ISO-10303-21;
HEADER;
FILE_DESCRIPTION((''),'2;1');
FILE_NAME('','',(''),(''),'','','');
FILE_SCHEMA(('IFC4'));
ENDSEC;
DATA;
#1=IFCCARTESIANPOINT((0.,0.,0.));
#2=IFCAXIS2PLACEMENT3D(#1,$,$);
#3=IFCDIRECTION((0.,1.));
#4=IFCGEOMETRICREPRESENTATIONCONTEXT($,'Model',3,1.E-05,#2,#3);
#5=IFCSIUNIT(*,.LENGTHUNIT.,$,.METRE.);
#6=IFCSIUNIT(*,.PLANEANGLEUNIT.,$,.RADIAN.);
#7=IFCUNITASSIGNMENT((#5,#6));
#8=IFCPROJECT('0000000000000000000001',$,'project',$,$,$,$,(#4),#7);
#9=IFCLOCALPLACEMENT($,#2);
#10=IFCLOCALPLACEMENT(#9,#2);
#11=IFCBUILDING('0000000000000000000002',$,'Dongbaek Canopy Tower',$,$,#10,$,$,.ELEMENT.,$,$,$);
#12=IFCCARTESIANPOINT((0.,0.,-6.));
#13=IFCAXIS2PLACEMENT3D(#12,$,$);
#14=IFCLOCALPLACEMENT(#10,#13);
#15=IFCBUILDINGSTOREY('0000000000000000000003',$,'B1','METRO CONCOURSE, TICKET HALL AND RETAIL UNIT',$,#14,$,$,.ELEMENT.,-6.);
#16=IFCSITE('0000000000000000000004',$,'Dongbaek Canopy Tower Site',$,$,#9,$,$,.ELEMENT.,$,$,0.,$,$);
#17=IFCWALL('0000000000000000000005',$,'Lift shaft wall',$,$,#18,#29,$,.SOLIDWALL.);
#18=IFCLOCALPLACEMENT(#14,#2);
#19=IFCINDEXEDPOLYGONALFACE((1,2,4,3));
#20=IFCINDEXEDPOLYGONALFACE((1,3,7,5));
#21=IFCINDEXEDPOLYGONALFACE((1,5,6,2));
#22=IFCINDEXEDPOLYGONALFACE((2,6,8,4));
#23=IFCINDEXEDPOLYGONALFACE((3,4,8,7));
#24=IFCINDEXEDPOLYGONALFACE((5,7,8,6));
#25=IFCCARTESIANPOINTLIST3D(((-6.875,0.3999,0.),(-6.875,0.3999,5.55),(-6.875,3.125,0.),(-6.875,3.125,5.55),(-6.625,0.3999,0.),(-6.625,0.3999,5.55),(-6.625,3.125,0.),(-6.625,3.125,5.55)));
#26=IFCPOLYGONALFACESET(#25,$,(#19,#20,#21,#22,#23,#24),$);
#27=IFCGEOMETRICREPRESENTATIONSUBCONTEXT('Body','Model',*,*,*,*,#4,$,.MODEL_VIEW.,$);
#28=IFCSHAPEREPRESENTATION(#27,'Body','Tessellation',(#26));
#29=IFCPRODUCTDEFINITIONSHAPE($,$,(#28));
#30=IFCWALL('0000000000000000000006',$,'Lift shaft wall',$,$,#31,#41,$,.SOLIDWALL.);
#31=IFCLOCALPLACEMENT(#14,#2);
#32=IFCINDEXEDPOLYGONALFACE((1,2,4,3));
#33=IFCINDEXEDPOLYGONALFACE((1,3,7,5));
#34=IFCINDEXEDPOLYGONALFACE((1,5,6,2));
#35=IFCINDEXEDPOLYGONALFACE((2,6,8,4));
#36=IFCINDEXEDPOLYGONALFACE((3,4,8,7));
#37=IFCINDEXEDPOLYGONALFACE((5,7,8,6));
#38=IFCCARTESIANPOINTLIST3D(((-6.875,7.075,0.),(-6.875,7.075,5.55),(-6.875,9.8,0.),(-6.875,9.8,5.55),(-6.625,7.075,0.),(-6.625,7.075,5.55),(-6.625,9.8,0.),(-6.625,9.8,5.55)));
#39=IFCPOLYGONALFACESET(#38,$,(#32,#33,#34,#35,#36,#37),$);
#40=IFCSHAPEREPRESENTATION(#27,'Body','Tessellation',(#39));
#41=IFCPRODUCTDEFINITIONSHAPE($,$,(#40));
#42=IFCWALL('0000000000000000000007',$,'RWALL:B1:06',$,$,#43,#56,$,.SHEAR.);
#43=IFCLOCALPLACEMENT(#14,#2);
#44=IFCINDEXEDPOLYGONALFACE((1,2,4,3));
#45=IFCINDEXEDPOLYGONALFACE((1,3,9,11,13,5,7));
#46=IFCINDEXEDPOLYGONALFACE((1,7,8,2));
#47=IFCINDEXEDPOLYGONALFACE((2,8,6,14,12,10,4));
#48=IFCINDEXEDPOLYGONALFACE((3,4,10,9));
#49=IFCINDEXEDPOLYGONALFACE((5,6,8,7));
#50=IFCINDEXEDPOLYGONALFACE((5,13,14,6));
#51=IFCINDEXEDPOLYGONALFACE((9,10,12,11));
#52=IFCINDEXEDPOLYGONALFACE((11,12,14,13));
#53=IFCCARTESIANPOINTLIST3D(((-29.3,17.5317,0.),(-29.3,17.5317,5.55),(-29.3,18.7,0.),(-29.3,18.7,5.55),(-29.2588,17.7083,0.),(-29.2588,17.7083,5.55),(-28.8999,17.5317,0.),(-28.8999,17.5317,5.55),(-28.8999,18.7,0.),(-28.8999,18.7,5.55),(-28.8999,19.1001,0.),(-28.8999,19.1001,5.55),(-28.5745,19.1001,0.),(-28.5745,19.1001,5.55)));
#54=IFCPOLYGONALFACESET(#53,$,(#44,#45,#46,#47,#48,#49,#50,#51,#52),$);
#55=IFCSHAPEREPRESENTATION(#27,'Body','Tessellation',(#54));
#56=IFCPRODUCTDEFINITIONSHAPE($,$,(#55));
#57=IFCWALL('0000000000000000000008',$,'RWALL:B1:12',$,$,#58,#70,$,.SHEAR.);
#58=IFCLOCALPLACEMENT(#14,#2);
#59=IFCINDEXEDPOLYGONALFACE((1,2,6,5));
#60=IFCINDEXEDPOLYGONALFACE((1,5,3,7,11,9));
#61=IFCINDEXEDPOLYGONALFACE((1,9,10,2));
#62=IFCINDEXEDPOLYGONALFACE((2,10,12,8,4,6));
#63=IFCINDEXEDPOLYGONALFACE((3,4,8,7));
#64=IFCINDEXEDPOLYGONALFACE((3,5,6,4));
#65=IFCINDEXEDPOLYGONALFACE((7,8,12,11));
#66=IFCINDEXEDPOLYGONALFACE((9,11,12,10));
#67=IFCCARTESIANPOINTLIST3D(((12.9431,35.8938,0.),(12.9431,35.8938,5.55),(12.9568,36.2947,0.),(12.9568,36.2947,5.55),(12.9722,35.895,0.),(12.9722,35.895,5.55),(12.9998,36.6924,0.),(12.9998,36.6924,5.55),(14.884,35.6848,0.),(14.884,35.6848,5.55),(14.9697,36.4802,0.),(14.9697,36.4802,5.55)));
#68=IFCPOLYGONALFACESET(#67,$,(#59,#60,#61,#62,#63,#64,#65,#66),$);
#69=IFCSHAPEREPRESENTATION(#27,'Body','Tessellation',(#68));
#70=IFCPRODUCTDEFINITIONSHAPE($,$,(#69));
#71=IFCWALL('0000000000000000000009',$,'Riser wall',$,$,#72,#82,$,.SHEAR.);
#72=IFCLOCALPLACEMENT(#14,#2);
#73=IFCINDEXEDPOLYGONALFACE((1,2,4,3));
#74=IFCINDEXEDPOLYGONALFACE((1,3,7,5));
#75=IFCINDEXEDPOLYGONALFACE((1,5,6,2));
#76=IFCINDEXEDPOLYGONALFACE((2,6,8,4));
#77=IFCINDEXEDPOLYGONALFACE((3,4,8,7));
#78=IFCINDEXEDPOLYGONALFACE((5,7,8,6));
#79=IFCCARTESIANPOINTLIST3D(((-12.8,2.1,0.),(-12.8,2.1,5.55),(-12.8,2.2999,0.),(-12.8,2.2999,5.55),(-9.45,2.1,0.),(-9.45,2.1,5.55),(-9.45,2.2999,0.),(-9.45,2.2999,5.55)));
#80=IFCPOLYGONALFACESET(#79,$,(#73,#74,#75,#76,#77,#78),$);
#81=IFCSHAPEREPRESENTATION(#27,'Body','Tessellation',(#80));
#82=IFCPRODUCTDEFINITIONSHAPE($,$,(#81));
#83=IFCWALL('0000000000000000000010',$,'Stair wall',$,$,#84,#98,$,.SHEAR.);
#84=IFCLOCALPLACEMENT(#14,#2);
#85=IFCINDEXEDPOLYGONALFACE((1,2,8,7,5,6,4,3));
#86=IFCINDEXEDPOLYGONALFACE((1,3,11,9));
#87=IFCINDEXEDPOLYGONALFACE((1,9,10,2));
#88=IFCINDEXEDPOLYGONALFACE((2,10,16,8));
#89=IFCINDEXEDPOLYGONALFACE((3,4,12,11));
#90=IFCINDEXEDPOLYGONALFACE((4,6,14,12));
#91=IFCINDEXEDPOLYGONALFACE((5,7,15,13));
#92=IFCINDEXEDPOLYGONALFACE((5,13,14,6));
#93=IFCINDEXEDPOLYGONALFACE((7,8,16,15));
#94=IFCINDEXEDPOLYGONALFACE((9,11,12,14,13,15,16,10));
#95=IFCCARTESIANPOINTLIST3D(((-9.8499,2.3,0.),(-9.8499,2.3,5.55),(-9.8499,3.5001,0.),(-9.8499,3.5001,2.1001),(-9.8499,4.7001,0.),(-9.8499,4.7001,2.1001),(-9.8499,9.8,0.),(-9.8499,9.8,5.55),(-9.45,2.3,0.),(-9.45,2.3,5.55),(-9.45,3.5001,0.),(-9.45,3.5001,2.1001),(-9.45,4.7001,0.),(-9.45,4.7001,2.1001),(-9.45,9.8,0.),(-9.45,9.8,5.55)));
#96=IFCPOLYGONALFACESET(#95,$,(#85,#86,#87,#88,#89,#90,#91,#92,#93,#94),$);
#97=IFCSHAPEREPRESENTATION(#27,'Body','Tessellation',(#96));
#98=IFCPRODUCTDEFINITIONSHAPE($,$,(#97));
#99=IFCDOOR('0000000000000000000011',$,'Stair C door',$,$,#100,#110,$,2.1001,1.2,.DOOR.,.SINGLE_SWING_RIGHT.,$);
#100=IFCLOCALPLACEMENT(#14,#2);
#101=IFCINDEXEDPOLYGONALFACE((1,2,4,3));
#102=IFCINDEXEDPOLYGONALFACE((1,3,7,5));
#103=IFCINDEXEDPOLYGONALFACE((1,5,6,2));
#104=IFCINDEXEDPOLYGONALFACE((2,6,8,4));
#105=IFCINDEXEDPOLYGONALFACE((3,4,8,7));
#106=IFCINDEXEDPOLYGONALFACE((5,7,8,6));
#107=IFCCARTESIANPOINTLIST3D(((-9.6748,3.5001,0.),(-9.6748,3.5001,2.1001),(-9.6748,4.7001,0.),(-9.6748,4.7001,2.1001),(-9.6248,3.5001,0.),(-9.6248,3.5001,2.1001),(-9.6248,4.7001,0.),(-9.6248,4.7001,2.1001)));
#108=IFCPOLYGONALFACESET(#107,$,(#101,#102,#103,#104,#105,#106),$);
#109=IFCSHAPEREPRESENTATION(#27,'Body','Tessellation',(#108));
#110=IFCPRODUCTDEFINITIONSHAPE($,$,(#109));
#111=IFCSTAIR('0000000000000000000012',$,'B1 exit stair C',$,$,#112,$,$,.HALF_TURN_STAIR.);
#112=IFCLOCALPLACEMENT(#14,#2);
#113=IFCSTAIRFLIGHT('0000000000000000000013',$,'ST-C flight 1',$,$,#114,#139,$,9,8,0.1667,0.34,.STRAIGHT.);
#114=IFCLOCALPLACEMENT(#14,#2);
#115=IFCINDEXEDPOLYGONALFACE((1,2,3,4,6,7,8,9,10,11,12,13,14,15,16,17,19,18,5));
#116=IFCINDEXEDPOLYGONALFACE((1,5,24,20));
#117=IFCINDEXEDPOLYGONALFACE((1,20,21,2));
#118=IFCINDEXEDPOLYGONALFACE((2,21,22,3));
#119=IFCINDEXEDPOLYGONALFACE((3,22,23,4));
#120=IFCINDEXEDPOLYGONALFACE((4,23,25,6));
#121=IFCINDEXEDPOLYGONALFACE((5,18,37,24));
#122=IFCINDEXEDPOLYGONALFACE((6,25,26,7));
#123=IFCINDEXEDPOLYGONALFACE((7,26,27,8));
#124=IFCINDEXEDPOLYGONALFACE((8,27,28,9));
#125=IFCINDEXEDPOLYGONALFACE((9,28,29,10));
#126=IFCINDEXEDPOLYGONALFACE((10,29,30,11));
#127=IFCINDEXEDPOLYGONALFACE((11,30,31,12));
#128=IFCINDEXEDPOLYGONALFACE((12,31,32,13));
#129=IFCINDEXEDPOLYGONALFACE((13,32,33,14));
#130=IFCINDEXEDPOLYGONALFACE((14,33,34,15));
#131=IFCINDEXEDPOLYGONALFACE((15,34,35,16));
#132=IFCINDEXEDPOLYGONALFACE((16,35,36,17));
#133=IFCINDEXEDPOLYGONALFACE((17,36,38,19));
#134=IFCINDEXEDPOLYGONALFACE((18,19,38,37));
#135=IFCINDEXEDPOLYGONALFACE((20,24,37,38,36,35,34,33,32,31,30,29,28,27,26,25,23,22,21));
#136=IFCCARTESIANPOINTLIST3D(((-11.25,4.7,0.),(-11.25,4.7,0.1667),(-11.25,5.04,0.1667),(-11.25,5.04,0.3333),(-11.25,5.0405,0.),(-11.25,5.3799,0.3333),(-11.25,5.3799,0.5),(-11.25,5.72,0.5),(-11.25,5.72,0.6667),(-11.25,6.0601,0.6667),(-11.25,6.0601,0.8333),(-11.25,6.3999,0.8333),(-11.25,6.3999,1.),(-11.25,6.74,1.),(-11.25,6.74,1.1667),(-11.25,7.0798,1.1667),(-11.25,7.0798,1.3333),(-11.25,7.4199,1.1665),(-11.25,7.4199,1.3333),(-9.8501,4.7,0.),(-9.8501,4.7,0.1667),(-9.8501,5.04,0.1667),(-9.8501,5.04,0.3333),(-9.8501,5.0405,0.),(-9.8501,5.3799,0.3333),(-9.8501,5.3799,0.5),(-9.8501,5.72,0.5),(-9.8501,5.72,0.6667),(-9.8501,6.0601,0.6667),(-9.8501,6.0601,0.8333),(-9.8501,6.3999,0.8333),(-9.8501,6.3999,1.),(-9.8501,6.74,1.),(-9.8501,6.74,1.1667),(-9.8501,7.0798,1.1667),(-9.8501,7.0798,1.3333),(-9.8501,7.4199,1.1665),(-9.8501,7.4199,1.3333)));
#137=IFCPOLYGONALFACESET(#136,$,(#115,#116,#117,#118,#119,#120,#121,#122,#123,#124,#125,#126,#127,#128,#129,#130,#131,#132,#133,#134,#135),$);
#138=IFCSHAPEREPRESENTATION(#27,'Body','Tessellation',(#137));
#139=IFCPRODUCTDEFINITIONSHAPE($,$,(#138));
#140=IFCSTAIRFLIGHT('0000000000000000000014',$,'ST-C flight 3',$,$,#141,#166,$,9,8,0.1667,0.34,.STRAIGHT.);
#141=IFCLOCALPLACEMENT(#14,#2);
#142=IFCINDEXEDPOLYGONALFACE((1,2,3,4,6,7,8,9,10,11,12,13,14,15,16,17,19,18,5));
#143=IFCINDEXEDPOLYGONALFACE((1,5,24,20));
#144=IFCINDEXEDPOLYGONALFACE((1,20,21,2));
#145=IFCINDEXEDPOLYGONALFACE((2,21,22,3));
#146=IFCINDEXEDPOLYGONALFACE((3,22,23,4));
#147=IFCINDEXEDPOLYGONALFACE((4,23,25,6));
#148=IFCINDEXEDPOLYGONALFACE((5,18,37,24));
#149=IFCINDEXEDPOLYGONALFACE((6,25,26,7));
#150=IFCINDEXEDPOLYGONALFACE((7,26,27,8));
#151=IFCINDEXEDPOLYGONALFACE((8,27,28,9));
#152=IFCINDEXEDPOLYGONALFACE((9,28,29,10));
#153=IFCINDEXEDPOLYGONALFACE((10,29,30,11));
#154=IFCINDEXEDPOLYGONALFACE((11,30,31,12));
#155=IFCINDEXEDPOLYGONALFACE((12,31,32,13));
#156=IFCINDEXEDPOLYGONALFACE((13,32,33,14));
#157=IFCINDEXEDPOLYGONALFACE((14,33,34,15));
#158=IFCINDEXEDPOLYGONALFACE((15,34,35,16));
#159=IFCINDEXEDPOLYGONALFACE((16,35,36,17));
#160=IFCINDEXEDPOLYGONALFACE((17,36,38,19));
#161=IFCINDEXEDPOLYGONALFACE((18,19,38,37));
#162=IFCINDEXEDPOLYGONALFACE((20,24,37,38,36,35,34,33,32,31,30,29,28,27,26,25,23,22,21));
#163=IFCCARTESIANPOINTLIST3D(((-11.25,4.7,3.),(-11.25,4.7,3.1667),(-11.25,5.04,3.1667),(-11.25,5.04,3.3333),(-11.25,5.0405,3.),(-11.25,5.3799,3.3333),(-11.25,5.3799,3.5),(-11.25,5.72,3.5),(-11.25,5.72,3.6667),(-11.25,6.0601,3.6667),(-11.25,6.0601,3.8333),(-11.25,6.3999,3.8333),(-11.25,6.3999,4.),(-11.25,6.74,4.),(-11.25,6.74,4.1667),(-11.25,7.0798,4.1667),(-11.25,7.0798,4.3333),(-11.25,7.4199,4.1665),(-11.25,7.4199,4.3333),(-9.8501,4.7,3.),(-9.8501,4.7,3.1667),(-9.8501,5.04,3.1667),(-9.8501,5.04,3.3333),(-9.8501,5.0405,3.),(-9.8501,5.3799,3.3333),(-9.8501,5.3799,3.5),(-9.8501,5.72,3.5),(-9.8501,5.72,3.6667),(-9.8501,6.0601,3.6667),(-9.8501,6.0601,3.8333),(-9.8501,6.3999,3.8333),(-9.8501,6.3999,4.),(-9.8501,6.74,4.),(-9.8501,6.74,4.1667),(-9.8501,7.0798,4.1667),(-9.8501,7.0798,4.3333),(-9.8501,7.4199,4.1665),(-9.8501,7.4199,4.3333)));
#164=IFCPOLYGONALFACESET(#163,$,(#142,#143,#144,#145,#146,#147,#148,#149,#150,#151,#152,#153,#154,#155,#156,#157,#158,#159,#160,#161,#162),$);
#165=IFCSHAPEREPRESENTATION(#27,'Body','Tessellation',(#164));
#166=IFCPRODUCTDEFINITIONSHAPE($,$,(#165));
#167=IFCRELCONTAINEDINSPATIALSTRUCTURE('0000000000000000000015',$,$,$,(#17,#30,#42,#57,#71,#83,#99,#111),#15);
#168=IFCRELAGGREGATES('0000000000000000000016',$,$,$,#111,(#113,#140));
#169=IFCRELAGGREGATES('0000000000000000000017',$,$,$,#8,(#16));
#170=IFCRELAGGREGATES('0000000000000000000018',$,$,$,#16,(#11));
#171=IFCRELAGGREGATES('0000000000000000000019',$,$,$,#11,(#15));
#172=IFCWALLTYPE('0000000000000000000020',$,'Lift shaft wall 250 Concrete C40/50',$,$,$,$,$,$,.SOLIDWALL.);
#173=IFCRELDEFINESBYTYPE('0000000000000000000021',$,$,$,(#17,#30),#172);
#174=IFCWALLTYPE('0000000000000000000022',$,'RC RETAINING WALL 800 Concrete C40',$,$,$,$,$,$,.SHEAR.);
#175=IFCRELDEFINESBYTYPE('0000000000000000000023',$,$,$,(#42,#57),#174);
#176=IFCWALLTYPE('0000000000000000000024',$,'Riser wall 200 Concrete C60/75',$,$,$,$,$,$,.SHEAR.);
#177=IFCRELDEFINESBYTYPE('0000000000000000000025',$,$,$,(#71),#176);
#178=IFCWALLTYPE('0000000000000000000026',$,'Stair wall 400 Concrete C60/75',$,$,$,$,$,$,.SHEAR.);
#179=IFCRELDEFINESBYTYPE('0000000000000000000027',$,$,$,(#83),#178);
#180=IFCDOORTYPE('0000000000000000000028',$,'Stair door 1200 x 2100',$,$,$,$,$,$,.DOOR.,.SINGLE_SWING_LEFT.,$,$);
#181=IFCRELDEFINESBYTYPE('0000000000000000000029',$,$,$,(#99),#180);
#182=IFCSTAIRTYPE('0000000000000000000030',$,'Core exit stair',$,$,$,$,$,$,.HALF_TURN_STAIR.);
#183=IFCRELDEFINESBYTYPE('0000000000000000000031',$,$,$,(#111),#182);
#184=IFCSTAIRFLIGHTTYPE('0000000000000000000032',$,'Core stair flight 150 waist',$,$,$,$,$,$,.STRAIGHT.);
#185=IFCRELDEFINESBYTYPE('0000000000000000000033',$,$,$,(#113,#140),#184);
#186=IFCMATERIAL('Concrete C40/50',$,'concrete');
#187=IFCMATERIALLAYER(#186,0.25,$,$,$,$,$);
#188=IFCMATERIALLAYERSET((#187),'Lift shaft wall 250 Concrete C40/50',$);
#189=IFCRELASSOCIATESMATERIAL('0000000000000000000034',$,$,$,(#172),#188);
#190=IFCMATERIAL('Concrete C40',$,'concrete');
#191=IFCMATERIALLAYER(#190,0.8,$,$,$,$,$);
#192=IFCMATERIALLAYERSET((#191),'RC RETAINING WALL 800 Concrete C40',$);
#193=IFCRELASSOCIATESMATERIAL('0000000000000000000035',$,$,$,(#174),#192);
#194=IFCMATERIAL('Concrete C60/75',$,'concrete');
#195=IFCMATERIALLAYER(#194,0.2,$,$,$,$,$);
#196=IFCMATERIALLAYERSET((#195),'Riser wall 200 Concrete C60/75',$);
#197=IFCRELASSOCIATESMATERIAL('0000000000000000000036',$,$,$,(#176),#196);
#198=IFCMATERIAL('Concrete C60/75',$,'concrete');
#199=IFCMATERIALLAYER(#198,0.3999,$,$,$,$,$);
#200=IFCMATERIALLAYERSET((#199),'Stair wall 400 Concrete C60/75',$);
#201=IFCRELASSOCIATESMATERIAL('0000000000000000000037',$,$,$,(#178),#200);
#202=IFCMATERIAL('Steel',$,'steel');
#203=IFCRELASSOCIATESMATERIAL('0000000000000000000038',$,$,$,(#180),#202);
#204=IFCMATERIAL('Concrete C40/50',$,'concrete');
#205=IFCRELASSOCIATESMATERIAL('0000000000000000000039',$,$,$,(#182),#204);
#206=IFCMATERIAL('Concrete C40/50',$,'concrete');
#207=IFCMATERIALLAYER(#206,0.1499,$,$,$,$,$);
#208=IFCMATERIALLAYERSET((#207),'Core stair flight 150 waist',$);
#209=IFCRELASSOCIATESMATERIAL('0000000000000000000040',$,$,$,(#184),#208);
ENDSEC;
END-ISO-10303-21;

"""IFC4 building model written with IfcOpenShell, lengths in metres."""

from ifc_helpers import new_model, si_unit, direction, frame, frame_2d, origin, place, context, subcontext, project, spatial, polyline, rectangle, outline, extrude, material, layer, layer_set, type_object, element, fill, aggregate, save


model = new_model("IFC4")

# Units and contexts
model_context = context("Model", 3, precision=1e-05, world=origin(), true_north=direction((0.0, 1.0)))
body_context = subcontext(model_context, "Body", "Model", "MODEL_VIEW")
ifc_project = project(units=[si_unit("LENGTHUNIT", "METRE"), si_unit("PLANEANGLEUNIT", "RADIAN")], contexts=[model_context])

# Site, building, storey
site_placement = place(None, origin())
site = spatial("IfcSite", under=ifc_project, at=site_placement, Name="Dongbaek Canopy Tower Site", CompositionType="ELEMENT", RefElevation=0.0)
building_placement = place(site_placement, origin())
building = spatial("IfcBuilding", under=site, at=building_placement, Name="Dongbaek Canopy Tower", CompositionType="ELEMENT")
storey_placement = place(building_placement, frame((0.0, 0.0, -6.0)))
storey = spatial("IfcBuildingStorey", under=building, at=storey_placement, Name="B1", Description="METRO CONCOURSE, TICKET HALL AND RETAIL UNIT", CompositionType="ELEMENT", Elevation=-6.0)

# Walls
ifc_material_1 = material(Name="Concrete C40/50", Category="concrete")
ifc_layer_1 = layer(ifc_material_1, 0.25)
ifc_layer_set_1 = layer_set([ifc_layer_1], Name="Lift shaft wall 250 Concrete C40/50")
wall_type_1 = type_object("IfcWallType", Name="Lift shaft wall 250 Concrete C40/50", PredefinedType="SOLIDWALL", material=ifc_layer_set_1)
for number, where, z_axis, x_axis, name in (
    (1, (-6.75, 0.3999, 0.0), (0.0, 0.0, 1.0), (0.0, 1.0, 0.0), "Lift shaft wall"),
    (2, (-6.75, 7.075, 0.0), (0.0, 0.0, 1.0), (0.0, 1.0, 0.0), "Lift shaft wall"),
):
    element("IfcWall", number, at=place(storey_placement, frame(where, z_axis=z_axis, x_axis=x_axis)), inside=storey, type_object=wall_type_1, Name=name, PredefinedType="SOLIDWALL", context=body_context, shape_type="SweptSolid", body=[
        extrude(rectangle(XDim=2.7251, YDim=0.25, at=frame_2d((1.3625, 0.0))), origin(), (0.0, 0.0, 1.0), 5.55),
    ])
ifc_material_2 = material(Name="Concrete C40", Category="concrete")
ifc_layer_2 = layer(ifc_material_2, 0.8)
ifc_layer_set_2 = layer_set([ifc_layer_2], Name="RC RETAINING WALL 800 Concrete C40")
wall_type_2 = type_object("IfcWallType", Name="RC RETAINING WALL 800 Concrete C40", PredefinedType="SHEAR", material=ifc_layer_set_2)
wall_1_placement = place(storey_placement, origin())
element("IfcWall", 3, at=wall_1_placement, inside=storey, type_object=wall_type_2, Name="RWALL:B1:06", PredefinedType="SHEAR", context=body_context, shape_type="SweptSolid", body=[
    extrude(outline(polyline([(-29.3, 17.5317), (-28.8999, 17.5317), (-29.2588, 17.7083), (-28.5745, 19.1001), (-28.8999, 19.1001), (-28.8999, 18.7), (-29.3, 18.7), (-29.3, 17.5317)])), origin(), (0.0, 0.0, 1.0), 5.55),
])
wall_2_placement = place(storey_placement, origin())
element("IfcWall", 4, at=wall_2_placement, inside=storey, type_object=wall_type_2, Name="RWALL:B1:12", PredefinedType="SHEAR", context=body_context, shape_type="SweptSolid", body=[
    extrude(outline(polyline([(14.9697, 36.4802), (12.9998, 36.6924), (12.9568, 36.2947), (12.9722, 35.895), (12.9431, 35.8938), (14.884, 35.6848), (14.9697, 36.4802)])), origin(), (0.0, 0.0, 1.0), 5.55),
])
ifc_material_3 = material(Name="Concrete C60/75", Category="concrete")
ifc_layer_3 = layer(ifc_material_3, 0.2)
ifc_layer_set_3 = layer_set([ifc_layer_3], Name="Riser wall 200 Concrete C60/75")
wall_type_3 = type_object("IfcWallType", Name="Riser wall 200 Concrete C60/75", PredefinedType="SHEAR", material=ifc_layer_set_3)
wall_3_placement = place(storey_placement, frame((-9.45, 2.2, 0.0), z_axis=(0.0, 0.0, 1.0), x_axis=(-1.0, 0.0, 0.0)))
element("IfcWall", 5, at=wall_3_placement, inside=storey, type_object=wall_type_3, Name="Riser wall", PredefinedType="SHEAR", context=body_context, shape_type="SweptSolid", body=[
    extrude(rectangle(XDim=3.3501, YDim=0.2, at=frame_2d((1.675, 0.0))), origin(), (0.0, 0.0, 1.0), 5.55),
])

# Wall, opening, door
ifc_material_4 = material(Name="Concrete C60/75", Category="concrete")
ifc_layer_4 = layer(ifc_material_4, 0.3999)
ifc_layer_set_4 = layer_set([ifc_layer_4], Name="Stair wall 400 Concrete C60/75")
wall_type_4 = type_object("IfcWallType", Name="Stair wall 400 Concrete C60/75", PredefinedType="SHEAR", material=ifc_layer_set_4)
wall_4_placement = place(storey_placement, frame((-9.6499, 2.3, 0.0), z_axis=(0.0, 0.0, 1.0), x_axis=(0.0, 1.0, 0.0)))
wall_4 = element("IfcWall", 6, at=wall_4_placement, inside=storey, type_object=wall_type_4, Name="Stair wall", PredefinedType="SHEAR", context=body_context, shape_type="SweptSolid", body=[
    extrude(rectangle(XDim=7.5, YDim=0.3999, at=frame_2d((3.75, 0.0))), origin(), (0.0, 0.0, 1.0), 5.55),
])
opening_1_placement = place(wall_4_placement, frame((1.2, 0.0, 0.0)))
opening_1 = element("IfcOpeningElement", 7, at=opening_1_placement, cuts=wall_4, PredefinedType="OPENING", context=body_context, shape_type="SweptSolid", body=[
    extrude(rectangle(XDim=1.2, YDim=2.1001, at=frame_2d((0.6001, 1.05))), frame((0.0, 0.21, 0.0), z_axis=(0.0, -1.0, 0.0), x_axis=(1.0, 0.0, 0.0)), (0.0, 0.0, 1.0), 0.4199),
])
ifc_material_5 = material(Name="Steel", Category="steel")
door_type_1 = type_object("IfcDoorType", Name="Stair door 1200 x 2100", OperationType="SINGLE_SWING_LEFT", PredefinedType="DOOR", material=ifc_material_5)
door_1_placement = place(opening_1_placement, origin())
door_1 = element("IfcDoor", 8, at=door_1_placement, inside=storey, type_object=door_type_1, Name="Stair C door", OperationType="SINGLE_SWING_RIGHT", OverallHeight=2.1001, OverallWidth=1.2, PredefinedType="DOOR", context=body_context, shape_type="SweptSolid", body=[
    extrude(rectangle(XDim=1.2, YDim=2.1001, at=frame_2d((0.6001, 1.05))), frame((0.0, 0.0249, 0.0), z_axis=(0.0, -1.0, 0.0), x_axis=(1.0, 0.0, 0.0)), (0.0, 0.0, 1.0), 0.05),
])
fill(opening_1, door_1)

# Stair, stair flights
ifc_material_6 = material(Name="Concrete C40/50", Category="concrete")
stair_type = type_object("IfcStairType", Name="Core exit stair", PredefinedType="HALF_TURN_STAIR", material=ifc_material_6)
stair_placement = place(storey_placement, origin())
stair = element("IfcStair", 9, at=stair_placement, inside=storey, type_object=stair_type, Name="B1 exit stair C", PredefinedType="HALF_TURN_STAIR")
ifc_material_7 = material(Name="Concrete C40/50", Category="concrete")
ifc_layer_5 = layer(ifc_material_7, 0.1499)
ifc_layer_set_5 = layer_set([ifc_layer_5], Name="Core stair flight 150 waist")
stair_flight_type = type_object("IfcStairFlightType", Name="Core stair flight 150 waist", PredefinedType="STRAIGHT", material=ifc_layer_set_5)
stair_flight_1_placement = place(storey_placement, frame((-10.55, 4.7, 0.0), z_axis=(0.0, 0.0, 1.0), x_axis=(0.0, 1.0, 0.0)))
stair_flight_1 = element("IfcStairFlight", 10, at=stair_flight_1_placement, type_object=stair_flight_type, Name="ST-C flight 1", NumberOfRisers=9, NumberOfTreads=8, PredefinedType="STRAIGHT", RiserHeight=0.1667, TreadLength=0.34, context=body_context, shape_type="SweptSolid", body=[
    extrude(outline(polyline([(0.0, 0.0), (0.0, 0.1667), (0.3401, 0.1667), (0.3401, 0.3333), (0.6799, 0.3333), (0.6799, 0.5), (1.02, 0.5), (1.02, 0.6667), (1.3601, 0.6667), (1.3601, 0.8333), (1.7, 0.8333), (1.7, 1.0), (2.04, 1.0), (2.04, 1.1667), (2.3799, 1.1667), (2.3799, 1.3333), (2.72, 1.3333), (2.72, 1.5), (2.72, 1.1665), (0.3406, 0.0), (0.0, 0.0)])), frame((0.0, 0.7, 0.0), z_axis=(0.0, -1.0, 0.0), x_axis=(1.0, 0.0, 0.0)), (0.0, 0.0, 1.0), 1.3999),
])
stair_flight_2_placement = place(storey_placement, frame((-10.55, 4.7, 3.0), z_axis=(0.0, 0.0, 1.0), x_axis=(0.0, 1.0, 0.0)))
stair_flight_2 = element("IfcStairFlight", 11, at=stair_flight_2_placement, type_object=stair_flight_type, Name="ST-C flight 3", NumberOfRisers=9, NumberOfTreads=8, PredefinedType="STRAIGHT", RiserHeight=0.1667, TreadLength=0.34, context=body_context, shape_type="SweptSolid", body=[
    extrude(outline(polyline([(0.0, 0.0), (0.0, 0.1667), (0.3401, 0.1667), (0.3401, 0.3333), (0.6799, 0.3333), (0.6799, 0.5), (1.02, 0.5), (1.02, 0.6667), (1.3601, 0.6667), (1.3601, 0.8333), (1.7, 0.8333), (1.7, 1.0), (2.04, 1.0), (2.04, 1.1667), (2.3799, 1.1667), (2.3799, 1.3333), (2.72, 1.3333), (2.72, 1.5), (2.72, 1.1665), (0.3406, 0.0), (0.0, 0.0)])), frame((0.0, 0.7, 0.0), z_axis=(0.0, -1.0, 0.0), x_axis=(1.0, 0.0, 0.0)), (0.0, 0.0, 1.0), 1.3999),
])
aggregate(stair, [stair_flight_1, stair_flight_2])

save(model, "model.ifc")
